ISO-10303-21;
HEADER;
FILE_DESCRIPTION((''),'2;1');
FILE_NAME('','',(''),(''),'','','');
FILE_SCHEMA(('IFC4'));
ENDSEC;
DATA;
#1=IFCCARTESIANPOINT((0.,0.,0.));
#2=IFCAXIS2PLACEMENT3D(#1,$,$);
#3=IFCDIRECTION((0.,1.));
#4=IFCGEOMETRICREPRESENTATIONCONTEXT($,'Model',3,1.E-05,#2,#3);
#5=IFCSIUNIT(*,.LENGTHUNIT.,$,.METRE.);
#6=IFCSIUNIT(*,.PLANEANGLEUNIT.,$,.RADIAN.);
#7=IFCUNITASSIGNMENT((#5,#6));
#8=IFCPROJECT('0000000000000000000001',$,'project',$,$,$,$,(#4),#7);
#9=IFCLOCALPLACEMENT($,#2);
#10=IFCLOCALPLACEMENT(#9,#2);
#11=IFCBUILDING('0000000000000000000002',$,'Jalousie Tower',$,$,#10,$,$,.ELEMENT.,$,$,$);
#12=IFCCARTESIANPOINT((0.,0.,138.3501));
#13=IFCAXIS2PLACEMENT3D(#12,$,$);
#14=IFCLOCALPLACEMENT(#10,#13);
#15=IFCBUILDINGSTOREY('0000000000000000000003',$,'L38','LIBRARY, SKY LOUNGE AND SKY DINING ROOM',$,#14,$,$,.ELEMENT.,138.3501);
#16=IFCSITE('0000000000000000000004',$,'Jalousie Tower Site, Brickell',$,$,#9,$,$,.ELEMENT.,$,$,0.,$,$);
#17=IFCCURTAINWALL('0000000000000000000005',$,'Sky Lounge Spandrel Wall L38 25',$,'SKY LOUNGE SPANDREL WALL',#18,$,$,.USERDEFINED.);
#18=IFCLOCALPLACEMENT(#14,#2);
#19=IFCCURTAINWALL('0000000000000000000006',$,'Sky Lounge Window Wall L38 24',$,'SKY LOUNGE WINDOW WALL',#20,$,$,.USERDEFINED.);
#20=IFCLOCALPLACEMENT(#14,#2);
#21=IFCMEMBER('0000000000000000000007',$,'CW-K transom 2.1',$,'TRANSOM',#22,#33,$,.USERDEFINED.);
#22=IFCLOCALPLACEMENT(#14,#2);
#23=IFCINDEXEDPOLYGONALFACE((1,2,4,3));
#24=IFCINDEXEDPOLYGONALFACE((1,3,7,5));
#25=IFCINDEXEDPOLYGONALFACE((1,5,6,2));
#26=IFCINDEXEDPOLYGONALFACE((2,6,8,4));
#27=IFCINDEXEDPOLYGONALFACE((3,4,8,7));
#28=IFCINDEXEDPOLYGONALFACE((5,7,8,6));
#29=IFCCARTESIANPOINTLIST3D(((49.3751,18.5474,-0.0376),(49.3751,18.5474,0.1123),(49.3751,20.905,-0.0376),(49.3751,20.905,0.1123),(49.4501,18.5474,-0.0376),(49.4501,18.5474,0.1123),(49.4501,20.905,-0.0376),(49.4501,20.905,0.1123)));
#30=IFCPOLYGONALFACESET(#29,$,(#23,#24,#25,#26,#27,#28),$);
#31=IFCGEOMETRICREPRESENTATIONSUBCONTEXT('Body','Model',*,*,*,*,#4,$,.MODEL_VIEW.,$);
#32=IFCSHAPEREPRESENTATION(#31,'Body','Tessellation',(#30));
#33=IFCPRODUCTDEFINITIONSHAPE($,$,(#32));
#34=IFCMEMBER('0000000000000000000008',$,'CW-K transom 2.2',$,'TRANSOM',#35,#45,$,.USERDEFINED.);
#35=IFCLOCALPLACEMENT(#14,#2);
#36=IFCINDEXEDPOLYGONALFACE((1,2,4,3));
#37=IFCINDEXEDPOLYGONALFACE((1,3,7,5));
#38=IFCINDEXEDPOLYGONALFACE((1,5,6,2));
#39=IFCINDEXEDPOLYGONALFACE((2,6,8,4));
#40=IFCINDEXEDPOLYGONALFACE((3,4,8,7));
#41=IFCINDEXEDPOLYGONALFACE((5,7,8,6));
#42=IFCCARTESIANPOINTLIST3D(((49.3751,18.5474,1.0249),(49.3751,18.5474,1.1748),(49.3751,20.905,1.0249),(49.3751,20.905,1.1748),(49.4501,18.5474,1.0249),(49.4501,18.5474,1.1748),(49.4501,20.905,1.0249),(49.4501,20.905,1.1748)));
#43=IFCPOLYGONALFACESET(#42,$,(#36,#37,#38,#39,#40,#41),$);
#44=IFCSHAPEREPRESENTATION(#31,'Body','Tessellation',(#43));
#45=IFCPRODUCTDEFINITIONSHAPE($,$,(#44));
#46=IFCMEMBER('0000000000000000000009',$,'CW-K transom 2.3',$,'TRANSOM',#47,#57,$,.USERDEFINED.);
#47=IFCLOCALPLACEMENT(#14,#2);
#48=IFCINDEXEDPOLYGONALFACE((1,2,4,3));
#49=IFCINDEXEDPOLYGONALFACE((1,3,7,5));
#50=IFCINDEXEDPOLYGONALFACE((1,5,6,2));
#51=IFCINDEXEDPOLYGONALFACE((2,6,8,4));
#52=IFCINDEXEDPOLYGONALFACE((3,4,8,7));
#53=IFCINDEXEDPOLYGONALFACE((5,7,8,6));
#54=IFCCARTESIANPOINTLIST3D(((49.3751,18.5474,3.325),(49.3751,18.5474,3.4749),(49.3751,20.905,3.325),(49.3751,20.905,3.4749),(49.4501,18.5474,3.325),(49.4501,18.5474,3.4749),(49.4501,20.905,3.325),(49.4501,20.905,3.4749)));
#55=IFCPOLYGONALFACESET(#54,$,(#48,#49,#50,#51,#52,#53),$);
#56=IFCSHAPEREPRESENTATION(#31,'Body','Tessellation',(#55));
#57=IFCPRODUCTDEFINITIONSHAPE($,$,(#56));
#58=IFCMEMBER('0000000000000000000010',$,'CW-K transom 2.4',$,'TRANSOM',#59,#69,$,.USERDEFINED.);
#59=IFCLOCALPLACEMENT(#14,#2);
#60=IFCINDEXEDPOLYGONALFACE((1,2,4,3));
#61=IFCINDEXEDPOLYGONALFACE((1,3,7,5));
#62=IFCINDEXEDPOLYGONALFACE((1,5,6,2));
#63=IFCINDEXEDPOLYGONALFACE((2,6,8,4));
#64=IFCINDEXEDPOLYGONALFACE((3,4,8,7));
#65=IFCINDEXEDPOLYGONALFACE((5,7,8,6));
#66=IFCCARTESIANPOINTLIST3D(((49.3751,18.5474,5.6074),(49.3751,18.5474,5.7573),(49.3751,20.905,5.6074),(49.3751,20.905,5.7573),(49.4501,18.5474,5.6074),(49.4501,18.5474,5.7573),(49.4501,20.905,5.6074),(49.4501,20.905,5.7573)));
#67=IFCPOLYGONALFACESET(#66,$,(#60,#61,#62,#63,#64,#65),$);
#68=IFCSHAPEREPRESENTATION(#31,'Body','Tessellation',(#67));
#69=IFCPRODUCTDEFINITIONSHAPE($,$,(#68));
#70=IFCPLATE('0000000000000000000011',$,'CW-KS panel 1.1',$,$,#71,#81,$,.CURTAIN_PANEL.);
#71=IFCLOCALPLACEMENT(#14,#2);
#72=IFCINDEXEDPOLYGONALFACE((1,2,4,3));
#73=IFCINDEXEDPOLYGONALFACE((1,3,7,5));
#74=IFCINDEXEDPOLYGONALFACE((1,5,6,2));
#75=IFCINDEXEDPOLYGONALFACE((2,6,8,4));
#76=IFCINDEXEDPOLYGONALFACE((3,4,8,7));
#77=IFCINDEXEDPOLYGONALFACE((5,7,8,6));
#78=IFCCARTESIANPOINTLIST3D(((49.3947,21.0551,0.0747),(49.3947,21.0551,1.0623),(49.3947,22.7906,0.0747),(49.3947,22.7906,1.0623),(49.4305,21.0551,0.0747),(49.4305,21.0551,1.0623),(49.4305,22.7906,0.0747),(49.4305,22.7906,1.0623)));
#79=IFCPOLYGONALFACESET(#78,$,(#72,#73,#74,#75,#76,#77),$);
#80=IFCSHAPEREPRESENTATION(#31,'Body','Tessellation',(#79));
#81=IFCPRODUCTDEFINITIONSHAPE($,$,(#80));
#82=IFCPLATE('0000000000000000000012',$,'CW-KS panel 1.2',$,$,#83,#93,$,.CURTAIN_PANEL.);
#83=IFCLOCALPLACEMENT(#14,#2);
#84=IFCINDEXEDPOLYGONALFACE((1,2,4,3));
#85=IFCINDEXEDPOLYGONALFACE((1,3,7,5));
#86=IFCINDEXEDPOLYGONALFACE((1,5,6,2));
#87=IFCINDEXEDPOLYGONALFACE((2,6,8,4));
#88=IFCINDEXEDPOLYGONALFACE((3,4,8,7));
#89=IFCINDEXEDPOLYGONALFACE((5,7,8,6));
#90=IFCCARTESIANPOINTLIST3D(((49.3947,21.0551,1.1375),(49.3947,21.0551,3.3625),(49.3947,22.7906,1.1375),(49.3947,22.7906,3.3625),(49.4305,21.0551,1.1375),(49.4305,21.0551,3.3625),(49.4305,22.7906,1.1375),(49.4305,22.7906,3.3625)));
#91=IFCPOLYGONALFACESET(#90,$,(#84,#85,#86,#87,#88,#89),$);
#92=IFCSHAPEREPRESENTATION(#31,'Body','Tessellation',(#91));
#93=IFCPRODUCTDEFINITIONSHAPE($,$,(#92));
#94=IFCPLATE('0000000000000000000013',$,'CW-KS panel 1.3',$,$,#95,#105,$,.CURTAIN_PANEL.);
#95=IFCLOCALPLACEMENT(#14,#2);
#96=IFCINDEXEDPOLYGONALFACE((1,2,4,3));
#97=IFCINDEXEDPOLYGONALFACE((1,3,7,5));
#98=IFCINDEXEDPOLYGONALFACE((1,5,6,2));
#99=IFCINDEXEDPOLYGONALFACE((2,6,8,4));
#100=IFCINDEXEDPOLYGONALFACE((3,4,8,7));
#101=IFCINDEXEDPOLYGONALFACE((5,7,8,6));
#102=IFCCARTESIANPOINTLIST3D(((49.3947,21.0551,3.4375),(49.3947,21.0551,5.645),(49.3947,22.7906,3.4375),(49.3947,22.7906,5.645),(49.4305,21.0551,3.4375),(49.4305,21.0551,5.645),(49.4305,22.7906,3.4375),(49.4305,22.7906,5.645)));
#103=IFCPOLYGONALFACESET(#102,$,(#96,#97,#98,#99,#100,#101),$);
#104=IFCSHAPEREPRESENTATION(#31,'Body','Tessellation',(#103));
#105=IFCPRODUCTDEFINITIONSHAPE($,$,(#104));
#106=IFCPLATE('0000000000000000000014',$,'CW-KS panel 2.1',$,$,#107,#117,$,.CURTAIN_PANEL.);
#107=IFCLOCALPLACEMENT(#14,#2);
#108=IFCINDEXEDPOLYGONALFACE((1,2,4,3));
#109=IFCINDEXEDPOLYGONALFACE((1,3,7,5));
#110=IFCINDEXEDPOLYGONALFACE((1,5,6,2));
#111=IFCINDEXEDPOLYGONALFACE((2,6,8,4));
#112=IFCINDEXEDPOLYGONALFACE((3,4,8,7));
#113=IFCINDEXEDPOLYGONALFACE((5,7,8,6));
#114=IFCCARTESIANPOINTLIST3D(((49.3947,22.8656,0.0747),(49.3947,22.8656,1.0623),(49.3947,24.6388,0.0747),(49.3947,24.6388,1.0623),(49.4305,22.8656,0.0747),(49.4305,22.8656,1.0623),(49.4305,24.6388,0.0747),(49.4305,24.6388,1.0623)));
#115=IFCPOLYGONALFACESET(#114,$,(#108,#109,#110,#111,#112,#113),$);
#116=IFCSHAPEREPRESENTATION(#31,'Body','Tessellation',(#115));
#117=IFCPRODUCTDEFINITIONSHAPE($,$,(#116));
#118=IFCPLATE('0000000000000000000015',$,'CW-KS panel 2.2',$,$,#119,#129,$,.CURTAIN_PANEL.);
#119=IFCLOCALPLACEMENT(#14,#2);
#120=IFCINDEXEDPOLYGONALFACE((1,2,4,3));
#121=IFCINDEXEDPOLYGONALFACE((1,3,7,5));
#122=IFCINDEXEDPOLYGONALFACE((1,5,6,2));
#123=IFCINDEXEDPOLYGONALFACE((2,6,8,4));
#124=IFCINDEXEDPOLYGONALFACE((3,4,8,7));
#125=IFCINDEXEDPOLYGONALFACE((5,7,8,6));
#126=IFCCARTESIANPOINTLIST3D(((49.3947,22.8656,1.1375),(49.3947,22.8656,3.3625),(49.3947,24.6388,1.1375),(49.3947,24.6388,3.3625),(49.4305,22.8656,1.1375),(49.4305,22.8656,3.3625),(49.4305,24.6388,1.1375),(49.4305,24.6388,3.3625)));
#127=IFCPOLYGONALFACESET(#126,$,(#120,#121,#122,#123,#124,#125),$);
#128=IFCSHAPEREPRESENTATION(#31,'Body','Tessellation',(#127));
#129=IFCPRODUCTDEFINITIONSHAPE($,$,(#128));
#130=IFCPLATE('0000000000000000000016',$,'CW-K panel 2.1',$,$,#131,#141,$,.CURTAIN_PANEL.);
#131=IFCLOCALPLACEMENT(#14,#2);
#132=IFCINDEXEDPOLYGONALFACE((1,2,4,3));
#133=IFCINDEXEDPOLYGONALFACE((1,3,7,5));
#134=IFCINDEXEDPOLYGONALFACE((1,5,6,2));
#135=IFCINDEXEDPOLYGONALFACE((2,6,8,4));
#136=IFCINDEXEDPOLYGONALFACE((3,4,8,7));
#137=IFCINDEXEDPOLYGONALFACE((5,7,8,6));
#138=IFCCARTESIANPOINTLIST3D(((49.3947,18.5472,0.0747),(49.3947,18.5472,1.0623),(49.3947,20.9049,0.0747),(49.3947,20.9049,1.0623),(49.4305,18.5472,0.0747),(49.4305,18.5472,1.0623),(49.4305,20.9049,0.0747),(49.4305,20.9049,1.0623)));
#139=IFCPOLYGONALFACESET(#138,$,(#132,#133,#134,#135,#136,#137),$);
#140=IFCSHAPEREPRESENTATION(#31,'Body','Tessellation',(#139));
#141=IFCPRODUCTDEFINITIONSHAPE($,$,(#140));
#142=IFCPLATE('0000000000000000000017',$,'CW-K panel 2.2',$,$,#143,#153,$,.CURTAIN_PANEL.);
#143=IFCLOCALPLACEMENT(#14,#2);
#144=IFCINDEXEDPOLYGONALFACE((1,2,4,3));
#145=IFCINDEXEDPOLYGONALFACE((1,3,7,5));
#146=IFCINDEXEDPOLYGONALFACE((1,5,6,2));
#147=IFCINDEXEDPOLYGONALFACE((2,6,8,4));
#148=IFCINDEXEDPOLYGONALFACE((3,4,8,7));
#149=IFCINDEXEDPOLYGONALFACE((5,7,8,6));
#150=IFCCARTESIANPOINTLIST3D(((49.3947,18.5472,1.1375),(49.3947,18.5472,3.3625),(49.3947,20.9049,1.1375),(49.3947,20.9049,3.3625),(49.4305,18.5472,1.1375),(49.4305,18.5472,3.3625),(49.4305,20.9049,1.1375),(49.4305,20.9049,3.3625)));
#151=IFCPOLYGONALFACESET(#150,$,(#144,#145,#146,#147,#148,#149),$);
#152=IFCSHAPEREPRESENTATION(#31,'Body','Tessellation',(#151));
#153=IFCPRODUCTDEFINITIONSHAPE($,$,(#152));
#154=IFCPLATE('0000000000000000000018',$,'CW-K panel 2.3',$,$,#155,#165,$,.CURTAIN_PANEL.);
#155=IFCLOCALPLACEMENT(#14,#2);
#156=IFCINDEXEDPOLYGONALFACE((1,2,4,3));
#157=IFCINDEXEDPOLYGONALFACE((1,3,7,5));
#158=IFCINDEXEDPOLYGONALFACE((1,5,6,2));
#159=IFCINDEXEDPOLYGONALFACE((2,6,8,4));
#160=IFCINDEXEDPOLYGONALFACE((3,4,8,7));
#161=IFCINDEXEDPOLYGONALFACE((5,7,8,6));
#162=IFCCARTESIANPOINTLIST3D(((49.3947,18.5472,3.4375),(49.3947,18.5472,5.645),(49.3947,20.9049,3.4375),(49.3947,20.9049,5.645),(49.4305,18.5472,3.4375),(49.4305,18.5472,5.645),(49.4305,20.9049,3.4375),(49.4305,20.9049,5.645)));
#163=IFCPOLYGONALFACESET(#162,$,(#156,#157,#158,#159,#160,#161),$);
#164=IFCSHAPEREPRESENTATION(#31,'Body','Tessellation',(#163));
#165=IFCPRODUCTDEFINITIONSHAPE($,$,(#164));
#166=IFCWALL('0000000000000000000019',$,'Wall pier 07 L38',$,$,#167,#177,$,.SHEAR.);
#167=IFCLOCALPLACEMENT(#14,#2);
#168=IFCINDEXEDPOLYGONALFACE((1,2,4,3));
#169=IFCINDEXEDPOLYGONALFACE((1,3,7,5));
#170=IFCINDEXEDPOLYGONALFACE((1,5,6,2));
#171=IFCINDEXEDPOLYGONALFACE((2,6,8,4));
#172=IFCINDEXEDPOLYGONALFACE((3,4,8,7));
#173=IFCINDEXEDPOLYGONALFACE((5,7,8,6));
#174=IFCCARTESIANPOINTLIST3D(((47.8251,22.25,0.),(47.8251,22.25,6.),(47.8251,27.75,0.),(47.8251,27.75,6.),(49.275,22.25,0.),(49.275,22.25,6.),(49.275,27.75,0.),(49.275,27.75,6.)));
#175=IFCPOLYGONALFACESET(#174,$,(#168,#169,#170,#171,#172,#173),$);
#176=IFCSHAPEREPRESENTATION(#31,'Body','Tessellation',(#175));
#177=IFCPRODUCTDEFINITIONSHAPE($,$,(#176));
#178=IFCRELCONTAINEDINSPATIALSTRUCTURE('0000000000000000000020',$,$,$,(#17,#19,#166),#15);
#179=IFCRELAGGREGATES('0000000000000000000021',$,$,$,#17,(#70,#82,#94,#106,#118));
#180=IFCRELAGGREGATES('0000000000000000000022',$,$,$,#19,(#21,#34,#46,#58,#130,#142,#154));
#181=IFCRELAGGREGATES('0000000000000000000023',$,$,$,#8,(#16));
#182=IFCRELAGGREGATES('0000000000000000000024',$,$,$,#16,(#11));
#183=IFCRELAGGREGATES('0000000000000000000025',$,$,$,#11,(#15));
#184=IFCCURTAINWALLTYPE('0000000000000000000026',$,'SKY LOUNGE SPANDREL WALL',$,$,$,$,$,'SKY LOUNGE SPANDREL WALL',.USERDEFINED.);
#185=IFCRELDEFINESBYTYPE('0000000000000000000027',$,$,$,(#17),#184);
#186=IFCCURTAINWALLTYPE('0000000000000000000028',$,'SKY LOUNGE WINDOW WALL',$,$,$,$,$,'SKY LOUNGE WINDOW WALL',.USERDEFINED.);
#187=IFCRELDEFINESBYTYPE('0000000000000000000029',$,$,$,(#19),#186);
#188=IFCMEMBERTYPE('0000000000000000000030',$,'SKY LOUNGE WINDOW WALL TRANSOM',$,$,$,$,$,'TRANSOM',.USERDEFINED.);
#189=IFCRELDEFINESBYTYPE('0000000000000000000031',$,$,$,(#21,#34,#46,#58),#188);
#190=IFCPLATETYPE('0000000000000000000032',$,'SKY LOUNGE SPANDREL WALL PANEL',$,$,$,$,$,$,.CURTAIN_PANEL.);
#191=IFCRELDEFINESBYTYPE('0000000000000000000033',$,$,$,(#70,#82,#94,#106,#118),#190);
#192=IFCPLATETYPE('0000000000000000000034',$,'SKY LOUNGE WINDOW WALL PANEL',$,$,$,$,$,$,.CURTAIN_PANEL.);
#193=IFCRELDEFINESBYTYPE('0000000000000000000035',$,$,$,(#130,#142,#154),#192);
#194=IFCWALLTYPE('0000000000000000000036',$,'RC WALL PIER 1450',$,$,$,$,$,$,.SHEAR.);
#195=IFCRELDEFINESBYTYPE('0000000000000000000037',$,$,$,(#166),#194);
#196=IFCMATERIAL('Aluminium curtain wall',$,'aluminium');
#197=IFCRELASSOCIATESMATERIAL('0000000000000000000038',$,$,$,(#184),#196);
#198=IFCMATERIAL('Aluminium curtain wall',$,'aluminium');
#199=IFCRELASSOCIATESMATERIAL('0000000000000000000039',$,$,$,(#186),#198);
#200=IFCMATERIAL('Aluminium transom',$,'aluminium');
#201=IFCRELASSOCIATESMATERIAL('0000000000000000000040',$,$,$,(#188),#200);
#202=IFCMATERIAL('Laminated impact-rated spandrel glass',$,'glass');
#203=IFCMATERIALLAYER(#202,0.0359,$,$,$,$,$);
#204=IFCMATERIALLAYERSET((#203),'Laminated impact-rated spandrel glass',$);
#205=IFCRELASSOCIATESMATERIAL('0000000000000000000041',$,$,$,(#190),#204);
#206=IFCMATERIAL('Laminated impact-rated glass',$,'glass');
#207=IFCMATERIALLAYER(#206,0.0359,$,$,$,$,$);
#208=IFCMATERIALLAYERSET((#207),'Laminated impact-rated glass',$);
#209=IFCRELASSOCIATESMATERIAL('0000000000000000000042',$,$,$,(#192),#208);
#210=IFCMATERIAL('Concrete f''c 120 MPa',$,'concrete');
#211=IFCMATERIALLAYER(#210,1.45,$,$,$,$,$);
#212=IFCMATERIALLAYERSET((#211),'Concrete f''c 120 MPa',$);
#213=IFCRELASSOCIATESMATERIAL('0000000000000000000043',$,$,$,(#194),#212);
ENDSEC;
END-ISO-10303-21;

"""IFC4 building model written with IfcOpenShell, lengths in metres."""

from ifc_helpers import new_model, si_unit, direction, frame, frame_2d, origin, origin_2d, place, context, subcontext, project, spatial, rectangle, extrude, material, layer, layer_set, material_profile, profile_set, type_object, element, aggregate, save


model = new_model("IFC4")

# Units and contexts
model_context = context("Model", 3, precision=1e-05, world=origin(), true_north=direction((0.0, 1.0)))
body_context = subcontext(model_context, "Body", "Model", "MODEL_VIEW")
ifc_project = project(units=[si_unit("LENGTHUNIT", "METRE"), si_unit("PLANEANGLEUNIT", "RADIAN")], contexts=[model_context])

# Site, building, storey
site_placement = place(None, origin())
site = spatial("IfcSite", under=ifc_project, at=site_placement, Name="Jalousie Tower Site, Brickell", CompositionType="ELEMENT", RefElevation=0.0)
building_placement = place(site_placement, origin())
building = spatial("IfcBuilding", under=site, at=building_placement, Name="Jalousie Tower", CompositionType="ELEMENT")
storey_placement = place(building_placement, frame((0.0, 0.0, 138.3501)))
storey = spatial("IfcBuildingStorey", under=building, at=storey_placement, Name="L38", Description="LIBRARY, SKY LOUNGE AND SKY DINING ROOM", CompositionType="ELEMENT", Elevation=138.3501)

# Curtain walls, members
ifc_material_1 = material(Name="Aluminium curtain wall", Category="aluminium")
curtain_wall_type_1 = type_object("IfcCurtainWallType", Name="SKY LOUNGE SPANDREL WALL", ElementType="SKY LOUNGE SPANDREL WALL", PredefinedType="USERDEFINED", material=ifc_material_1)
curtain_wall_1_placement = place(storey_placement, origin())
curtain_wall_1 = element("IfcCurtainWall", 1, at=curtain_wall_1_placement, inside=storey, type_object=curtain_wall_type_1, Name="Sky Lounge Spandrel Wall L38 25", ObjectType="SKY LOUNGE SPANDREL WALL", PredefinedType="USERDEFINED")
ifc_material_2 = material(Name="Aluminium curtain wall", Category="aluminium")
curtain_wall_type_2 = type_object("IfcCurtainWallType", Name="SKY LOUNGE WINDOW WALL", ElementType="SKY LOUNGE WINDOW WALL", PredefinedType="USERDEFINED", material=ifc_material_2)
curtain_wall_2_placement = place(storey_placement, origin())
curtain_wall_2 = element("IfcCurtainWall", 2, at=curtain_wall_2_placement, inside=storey, type_object=curtain_wall_type_2, Name="Sky Lounge Window Wall L38 24", ObjectType="SKY LOUNGE WINDOW WALL", PredefinedType="USERDEFINED")
ifc_material_3 = material(Name="Aluminium transom", Category="aluminium")
ifc_material_profile_1 = material_profile(ifc_material_3, rectangle(XDim=0.075, YDim=0.1499, at=origin_2d()), Name="TRANSOM 75x150")
ifc_profile_set_1 = profile_set([ifc_material_profile_1], Name="Aluminium transom")
member_type_1 = type_object("IfcMemberType", Name="SKY LOUNGE WINDOW WALL TRANSOM", ElementType="TRANSOM", PredefinedType="USERDEFINED", material=ifc_profile_set_1)
member_1_placement = place(storey_placement, frame((49.4126, 18.5474, 0.0374), z_axis=(0.0, 1.0, 0.0), x_axis=(-1.0, 0.0, 0.0)))
member_1 = element("IfcMember", 3, at=member_1_placement, type_object=member_type_1, Name="CW-K transom 2.1", ObjectType="TRANSOM", PredefinedType="USERDEFINED", context=body_context, shape_type="SweptSolid", body=[
    extrude(rectangle(XDim=0.075, YDim=0.1499, at=origin_2d()), origin(), (0.0, 0.0, 1.0), 2.3577),
])
member_2_placement = place(storey_placement, frame((49.4126, 18.5474, 1.0999), z_axis=(0.0, 1.0, 0.0), x_axis=(-1.0, 0.0, 0.0)))
member_2 = element("IfcMember", 4, at=member_2_placement, type_object=member_type_1, Name="CW-K transom 2.2", ObjectType="TRANSOM", PredefinedType="USERDEFINED", context=body_context, shape_type="SweptSolid", body=[
    extrude(rectangle(XDim=0.075, YDim=0.1499, at=origin_2d()), origin(), (0.0, 0.0, 1.0), 2.3577),
])
member_3_placement = place(storey_placement, frame((49.4126, 18.5474, 3.3999), z_axis=(0.0, 1.0, 0.0), x_axis=(-1.0, 0.0, 0.0)))
member_3 = element("IfcMember", 5, at=member_3_placement, type_object=member_type_1, Name="CW-K transom 2.3", ObjectType="TRANSOM", PredefinedType="USERDEFINED", context=body_context, shape_type="SweptSolid", body=[
    extrude(rectangle(XDim=0.075, YDim=0.1499, at=origin_2d()), origin(), (0.0, 0.0, 1.0), 2.3577),
])
member_4_placement = place(storey_placement, frame((49.4126, 18.5474, 5.6824), z_axis=(0.0, 1.0, 0.0), x_axis=(-1.0, 0.0, 0.0)))
member_4 = element("IfcMember", 6, at=member_4_placement, type_object=member_type_1, Name="CW-K transom 2.4", ObjectType="TRANSOM", PredefinedType="USERDEFINED", context=body_context, shape_type="SweptSolid", body=[
    extrude(rectangle(XDim=0.075, YDim=0.1499, at=origin_2d()), origin(), (0.0, 0.0, 1.0), 2.3577),
])

# Plates
ifc_material_4 = material(Name="Laminated impact-rated spandrel glass", Category="glass")
ifc_layer_1 = layer(ifc_material_4, 0.0359)
ifc_layer_set_1 = layer_set([ifc_layer_1], Name="Laminated impact-rated spandrel glass")
plate_type_1 = type_object("IfcPlateType", Name="SKY LOUNGE SPANDREL WALL PANEL", PredefinedType="CURTAIN_PANEL", material=ifc_layer_set_1)
plate_1_placement = place(storey_placement, frame((49.4126, 21.9229, 0.0747), z_axis=(0.0, 0.0, 1.0), x_axis=(0.0, 1.0, 0.0)))
plate_1 = element("IfcPlate", 7, at=plate_1_placement, type_object=plate_type_1, Name="CW-KS panel 1.1", PredefinedType="CURTAIN_PANEL", context=body_context, shape_type="SweptSolid", body=[
    extrude(rectangle(XDim=1.7356, YDim=0.0359, at=origin_2d()), origin(), (0.0, 0.0, 1.0), 0.9875),
])
plate_2_placement = place(storey_placement, frame((49.4126, 21.9229, 1.1375), z_axis=(0.0, 0.0, 1.0), x_axis=(0.0, 1.0, 0.0)))
plate_2 = element("IfcPlate", 8, at=plate_2_placement, type_object=plate_type_1, Name="CW-KS panel 1.2", PredefinedType="CURTAIN_PANEL", context=body_context, shape_type="SweptSolid", body=[
    extrude(rectangle(XDim=1.7356, YDim=0.0359, at=origin_2d()), origin(), (0.0, 0.0, 1.0), 2.2251),
])
plate_3_placement = place(storey_placement, frame((49.4126, 21.9229, 3.4375), z_axis=(0.0, 0.0, 1.0), x_axis=(0.0, 1.0, 0.0)))
plate_3 = element("IfcPlate", 9, at=plate_3_placement, type_object=plate_type_1, Name="CW-KS panel 1.3", PredefinedType="CURTAIN_PANEL", context=body_context, shape_type="SweptSolid", body=[
    extrude(rectangle(XDim=1.7356, YDim=0.0359, at=origin_2d()), origin(), (0.0, 0.0, 1.0), 2.2075),
])
plate_4_placement = place(storey_placement, frame((49.4126, 23.7522, 0.0747), z_axis=(0.0, 0.0, 1.0), x_axis=(0.0, 1.0, 0.0)))
plate_4 = element("IfcPlate", 10, at=plate_4_placement, type_object=plate_type_1, Name="CW-KS panel 2.1", PredefinedType="CURTAIN_PANEL", context=body_context, shape_type="SweptSolid", body=[
    extrude(rectangle(XDim=1.7732, YDim=0.0359, at=origin_2d()), origin(), (0.0, 0.0, 1.0), 0.9875),
])
plate_5_placement = place(storey_placement, frame((49.4126, 23.7522, 1.1375), z_axis=(0.0, 0.0, 1.0), x_axis=(0.0, 1.0, 0.0)))
plate_5 = element("IfcPlate", 11, at=plate_5_placement, type_object=plate_type_1, Name="CW-KS panel 2.2", PredefinedType="CURTAIN_PANEL", context=body_context, shape_type="SweptSolid", body=[
    extrude(rectangle(XDim=1.7732, YDim=0.0359, at=origin_2d()), origin(), (0.0, 0.0, 1.0), 2.2251),
])
aggregate(curtain_wall_1, [plate_1, plate_2, plate_3, plate_4, plate_5])
ifc_material_5 = material(Name="Laminated impact-rated glass", Category="glass")
ifc_layer_2 = layer(ifc_material_5, 0.0359)
ifc_layer_set_2 = layer_set([ifc_layer_2], Name="Laminated impact-rated glass")
plate_type_2 = type_object("IfcPlateType", Name="SKY LOUNGE WINDOW WALL PANEL", PredefinedType="CURTAIN_PANEL", material=ifc_layer_set_2)
plate_6_placement = place(storey_placement, frame((49.4126, 19.7261, 0.0747), z_axis=(0.0, 0.0, 1.0), x_axis=(0.0, 1.0, 0.0)))
plate_6 = element("IfcPlate", 12, at=plate_6_placement, type_object=plate_type_2, Name="CW-K panel 2.1", PredefinedType="CURTAIN_PANEL", context=body_context, shape_type="SweptSolid", body=[
    extrude(rectangle(XDim=2.3577, YDim=0.0359, at=origin_2d()), origin(), (0.0, 0.0, 1.0), 0.9875),
])
plate_7_placement = place(storey_placement, frame((49.4126, 19.7261, 1.1375), z_axis=(0.0, 0.0, 1.0), x_axis=(0.0, 1.0, 0.0)))
plate_7 = element("IfcPlate", 13, at=plate_7_placement, type_object=plate_type_2, Name="CW-K panel 2.2", PredefinedType="CURTAIN_PANEL", context=body_context, shape_type="SweptSolid", body=[
    extrude(rectangle(XDim=2.3577, YDim=0.0359, at=origin_2d()), origin(), (0.0, 0.0, 1.0), 2.2251),
])
plate_8_placement = place(storey_placement, frame((49.4126, 19.7261, 3.4375), z_axis=(0.0, 0.0, 1.0), x_axis=(0.0, 1.0, 0.0)))
plate_8 = element("IfcPlate", 14, at=plate_8_placement, type_object=plate_type_2, Name="CW-K panel 2.3", PredefinedType="CURTAIN_PANEL", context=body_context, shape_type="SweptSolid", body=[
    extrude(rectangle(XDim=2.3577, YDim=0.0359, at=origin_2d()), origin(), (0.0, 0.0, 1.0), 2.2075),
])
aggregate(curtain_wall_2, [member_1, member_2, member_3, member_4, plate_6, plate_7, plate_8])

# Wall
ifc_material_6 = material(Name="Concrete f'c 120 MPa", Category="concrete")
ifc_layer_3 = layer(ifc_material_6, 1.45)
ifc_layer_set_3 = layer_set([ifc_layer_3], Name="Concrete f'c 120 MPa")
wall_type = type_object("IfcWallType", Name="RC WALL PIER 1450", PredefinedType="SHEAR", material=ifc_layer_set_3)
wall_placement = place(storey_placement, frame((48.55, 22.25, 0.0), z_axis=(0.0, 0.0, 1.0), x_axis=(0.0, 1.0, 0.0)))
element("IfcWall", 15, at=wall_placement, inside=storey, type_object=wall_type, Name="Wall pier 07 L38", PredefinedType="SHEAR", context=body_context, shape_type="SweptSolid", body=[
    extrude(rectangle(XDim=5.5, YDim=1.45, at=frame_2d((2.75, 0.0))), origin(), (0.0, 0.0, 1.0), 6.0),
])

save(model, "model.ifc")
